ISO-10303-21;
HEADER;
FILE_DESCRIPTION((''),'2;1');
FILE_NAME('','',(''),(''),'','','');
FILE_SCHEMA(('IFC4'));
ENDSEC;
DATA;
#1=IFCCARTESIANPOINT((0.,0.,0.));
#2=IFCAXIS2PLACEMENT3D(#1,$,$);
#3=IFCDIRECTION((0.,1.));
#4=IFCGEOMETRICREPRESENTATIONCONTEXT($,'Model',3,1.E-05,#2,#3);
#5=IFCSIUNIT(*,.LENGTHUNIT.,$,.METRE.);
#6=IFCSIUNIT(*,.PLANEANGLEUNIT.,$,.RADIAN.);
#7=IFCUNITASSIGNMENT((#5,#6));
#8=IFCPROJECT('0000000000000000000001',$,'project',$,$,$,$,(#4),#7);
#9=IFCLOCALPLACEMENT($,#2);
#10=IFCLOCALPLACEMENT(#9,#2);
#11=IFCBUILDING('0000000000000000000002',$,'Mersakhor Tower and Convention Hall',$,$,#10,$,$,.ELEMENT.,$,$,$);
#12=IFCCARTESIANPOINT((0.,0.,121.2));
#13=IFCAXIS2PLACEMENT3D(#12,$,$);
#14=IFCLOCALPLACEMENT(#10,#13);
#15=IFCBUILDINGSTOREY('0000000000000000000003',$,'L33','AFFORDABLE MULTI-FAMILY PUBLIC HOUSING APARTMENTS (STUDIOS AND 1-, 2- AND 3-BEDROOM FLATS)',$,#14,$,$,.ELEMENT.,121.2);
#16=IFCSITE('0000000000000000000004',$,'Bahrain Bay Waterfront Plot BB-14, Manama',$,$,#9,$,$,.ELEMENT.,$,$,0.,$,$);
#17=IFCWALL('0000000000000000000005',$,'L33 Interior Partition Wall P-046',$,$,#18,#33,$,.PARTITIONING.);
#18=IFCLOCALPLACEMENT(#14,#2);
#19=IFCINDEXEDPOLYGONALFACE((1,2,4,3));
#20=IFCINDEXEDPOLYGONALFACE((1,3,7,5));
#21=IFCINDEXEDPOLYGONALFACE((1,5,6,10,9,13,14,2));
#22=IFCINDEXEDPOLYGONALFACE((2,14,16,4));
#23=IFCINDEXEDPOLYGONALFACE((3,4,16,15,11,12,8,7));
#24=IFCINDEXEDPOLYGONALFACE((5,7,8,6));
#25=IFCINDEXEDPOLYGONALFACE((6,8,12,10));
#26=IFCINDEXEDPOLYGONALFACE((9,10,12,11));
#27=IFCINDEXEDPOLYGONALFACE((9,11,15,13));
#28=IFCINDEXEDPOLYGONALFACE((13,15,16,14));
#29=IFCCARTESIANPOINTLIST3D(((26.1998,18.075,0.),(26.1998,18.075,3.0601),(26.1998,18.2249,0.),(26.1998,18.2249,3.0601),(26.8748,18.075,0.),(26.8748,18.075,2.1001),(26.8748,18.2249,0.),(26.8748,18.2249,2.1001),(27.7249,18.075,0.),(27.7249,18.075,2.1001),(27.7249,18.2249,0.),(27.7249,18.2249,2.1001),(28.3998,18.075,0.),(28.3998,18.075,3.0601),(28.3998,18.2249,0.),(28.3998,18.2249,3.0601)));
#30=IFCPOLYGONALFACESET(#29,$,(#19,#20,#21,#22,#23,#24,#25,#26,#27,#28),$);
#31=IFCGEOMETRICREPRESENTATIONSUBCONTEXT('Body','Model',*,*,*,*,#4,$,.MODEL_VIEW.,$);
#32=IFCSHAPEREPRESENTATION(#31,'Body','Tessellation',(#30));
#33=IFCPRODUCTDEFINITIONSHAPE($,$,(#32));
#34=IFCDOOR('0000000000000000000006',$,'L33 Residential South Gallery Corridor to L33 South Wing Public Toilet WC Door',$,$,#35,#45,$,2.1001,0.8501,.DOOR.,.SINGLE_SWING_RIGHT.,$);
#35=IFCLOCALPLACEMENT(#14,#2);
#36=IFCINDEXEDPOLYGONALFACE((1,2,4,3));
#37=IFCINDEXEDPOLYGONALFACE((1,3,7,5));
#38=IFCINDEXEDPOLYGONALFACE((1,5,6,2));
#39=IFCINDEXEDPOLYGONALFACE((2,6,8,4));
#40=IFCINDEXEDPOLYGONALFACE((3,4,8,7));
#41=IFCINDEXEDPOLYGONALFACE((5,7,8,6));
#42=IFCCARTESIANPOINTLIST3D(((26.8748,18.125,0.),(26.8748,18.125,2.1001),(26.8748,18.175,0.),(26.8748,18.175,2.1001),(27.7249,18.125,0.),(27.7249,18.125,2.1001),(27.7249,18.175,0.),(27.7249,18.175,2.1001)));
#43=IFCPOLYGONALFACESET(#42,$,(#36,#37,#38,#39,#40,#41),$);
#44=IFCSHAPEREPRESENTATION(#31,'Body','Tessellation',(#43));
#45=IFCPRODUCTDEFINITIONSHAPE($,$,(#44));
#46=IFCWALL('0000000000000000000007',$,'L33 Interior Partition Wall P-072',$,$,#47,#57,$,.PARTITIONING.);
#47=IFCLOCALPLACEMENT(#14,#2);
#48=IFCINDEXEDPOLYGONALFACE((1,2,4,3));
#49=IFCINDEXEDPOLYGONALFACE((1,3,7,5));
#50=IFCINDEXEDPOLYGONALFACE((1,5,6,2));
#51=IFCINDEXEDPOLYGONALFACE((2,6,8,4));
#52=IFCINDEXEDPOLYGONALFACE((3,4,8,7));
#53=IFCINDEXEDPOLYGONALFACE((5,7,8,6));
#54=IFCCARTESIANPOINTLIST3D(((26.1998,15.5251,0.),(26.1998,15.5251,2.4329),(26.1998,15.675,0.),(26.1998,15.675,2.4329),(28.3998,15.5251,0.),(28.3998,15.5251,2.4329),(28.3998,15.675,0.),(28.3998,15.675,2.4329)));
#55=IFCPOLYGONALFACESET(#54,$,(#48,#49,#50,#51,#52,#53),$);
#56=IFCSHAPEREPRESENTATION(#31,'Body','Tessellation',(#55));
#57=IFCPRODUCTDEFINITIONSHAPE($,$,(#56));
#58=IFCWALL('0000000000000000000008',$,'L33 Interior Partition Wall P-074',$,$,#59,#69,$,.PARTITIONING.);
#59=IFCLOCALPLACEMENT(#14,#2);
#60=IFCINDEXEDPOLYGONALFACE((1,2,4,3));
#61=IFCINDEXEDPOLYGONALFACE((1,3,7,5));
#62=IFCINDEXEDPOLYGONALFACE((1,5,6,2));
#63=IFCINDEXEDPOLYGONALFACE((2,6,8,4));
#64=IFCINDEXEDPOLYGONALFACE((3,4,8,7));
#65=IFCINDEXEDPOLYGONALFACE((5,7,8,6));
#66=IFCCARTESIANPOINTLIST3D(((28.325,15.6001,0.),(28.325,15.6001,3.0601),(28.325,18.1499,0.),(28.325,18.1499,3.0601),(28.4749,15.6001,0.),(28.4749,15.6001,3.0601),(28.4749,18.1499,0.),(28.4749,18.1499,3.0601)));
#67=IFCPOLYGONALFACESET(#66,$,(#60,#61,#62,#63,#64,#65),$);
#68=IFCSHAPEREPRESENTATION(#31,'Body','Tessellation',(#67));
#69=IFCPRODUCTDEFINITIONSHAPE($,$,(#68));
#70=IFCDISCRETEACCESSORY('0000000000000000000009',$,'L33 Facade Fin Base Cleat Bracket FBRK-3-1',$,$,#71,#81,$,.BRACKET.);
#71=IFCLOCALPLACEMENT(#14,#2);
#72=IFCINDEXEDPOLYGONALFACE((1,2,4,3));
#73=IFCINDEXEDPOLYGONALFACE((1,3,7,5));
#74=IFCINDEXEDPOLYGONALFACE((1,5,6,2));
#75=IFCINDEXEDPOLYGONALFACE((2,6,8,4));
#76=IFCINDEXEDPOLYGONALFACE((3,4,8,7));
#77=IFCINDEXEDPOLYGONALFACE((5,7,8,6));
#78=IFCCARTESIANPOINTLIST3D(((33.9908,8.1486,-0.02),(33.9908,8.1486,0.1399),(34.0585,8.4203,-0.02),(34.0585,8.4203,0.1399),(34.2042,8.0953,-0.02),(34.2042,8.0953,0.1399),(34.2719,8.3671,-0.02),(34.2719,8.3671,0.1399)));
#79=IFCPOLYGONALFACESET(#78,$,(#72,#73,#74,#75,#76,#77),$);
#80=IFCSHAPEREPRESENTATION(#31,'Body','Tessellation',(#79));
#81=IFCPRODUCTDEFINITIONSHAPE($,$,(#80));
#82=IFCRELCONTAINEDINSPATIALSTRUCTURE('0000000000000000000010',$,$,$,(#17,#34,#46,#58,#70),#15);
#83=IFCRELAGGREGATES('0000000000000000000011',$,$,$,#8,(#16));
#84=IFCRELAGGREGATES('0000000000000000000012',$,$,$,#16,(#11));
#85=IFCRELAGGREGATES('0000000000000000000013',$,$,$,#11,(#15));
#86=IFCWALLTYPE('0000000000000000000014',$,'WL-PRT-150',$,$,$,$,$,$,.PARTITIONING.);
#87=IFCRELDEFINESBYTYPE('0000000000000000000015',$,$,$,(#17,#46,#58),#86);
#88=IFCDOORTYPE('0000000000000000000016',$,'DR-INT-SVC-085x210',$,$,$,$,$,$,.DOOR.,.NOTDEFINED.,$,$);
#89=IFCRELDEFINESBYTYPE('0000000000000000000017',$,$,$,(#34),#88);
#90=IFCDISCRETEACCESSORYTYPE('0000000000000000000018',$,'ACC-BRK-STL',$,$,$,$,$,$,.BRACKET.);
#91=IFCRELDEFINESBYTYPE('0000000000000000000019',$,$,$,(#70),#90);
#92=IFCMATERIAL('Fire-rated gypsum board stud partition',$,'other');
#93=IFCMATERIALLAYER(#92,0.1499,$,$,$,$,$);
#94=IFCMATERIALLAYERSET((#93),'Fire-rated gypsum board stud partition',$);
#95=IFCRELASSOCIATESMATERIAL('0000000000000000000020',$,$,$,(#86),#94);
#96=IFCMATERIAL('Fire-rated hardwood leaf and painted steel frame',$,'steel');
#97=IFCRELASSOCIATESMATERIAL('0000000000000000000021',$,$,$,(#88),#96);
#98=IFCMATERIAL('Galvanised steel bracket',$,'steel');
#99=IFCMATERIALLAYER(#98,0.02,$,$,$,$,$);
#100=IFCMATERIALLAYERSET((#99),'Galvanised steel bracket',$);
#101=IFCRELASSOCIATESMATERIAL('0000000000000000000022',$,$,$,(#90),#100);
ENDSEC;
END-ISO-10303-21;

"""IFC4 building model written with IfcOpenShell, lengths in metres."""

from ifc_helpers import new_model, si_unit, direction, frame, frame_2d, origin, origin_2d, place, context, subcontext, project, spatial, rectangle, extrude, material, layer, layer_set, type_object, element, fill, save


model = new_model("IFC4")

# Units and contexts
model_context = context("Model", 3, precision=1e-05, world=origin(), true_north=direction((0.0, 1.0)))
body_context = subcontext(model_context, "Body", "Model", "MODEL_VIEW")
ifc_project = project(units=[si_unit("LENGTHUNIT", "METRE"), si_unit("PLANEANGLEUNIT", "RADIAN")], contexts=[model_context])

# Site, building, storey
site_placement = place(None, origin())
site = spatial("IfcSite", under=ifc_project, at=site_placement, Name="Bahrain Bay Waterfront Plot BB-14, Manama", CompositionType="ELEMENT", RefElevation=0.0)
building_placement = place(site_placement, origin())
building = spatial("IfcBuilding", under=site, at=building_placement, Name="Mersakhor Tower and Convention Hall", CompositionType="ELEMENT")
storey_placement = place(building_placement, frame((0.0, 0.0, 121.2)))
storey = spatial("IfcBuildingStorey", under=building, at=storey_placement, Name="L33", Description="AFFORDABLE MULTI-FAMILY PUBLIC HOUSING APARTMENTS (STUDIOS AND 1-, 2- AND 3-BEDROOM FLATS)", CompositionType="ELEMENT", Elevation=121.2)

# Shared definitions
ifc_material_1 = material(Name="Fire-rated gypsum board stud partition", Category="other")
ifc_layer_1 = layer(ifc_material_1, 0.1499)
ifc_layer_set_1 = layer_set([ifc_layer_1], Name="Fire-rated gypsum board stud partition")
wall_type_1 = type_object("IfcWallType", Name="WL-PRT-150", PredefinedType="PARTITIONING", material=ifc_layer_set_1)

# Wall, opening, door
wall_1_placement = place(storey_placement, frame((28.3999, 18.1499, 0.0), z_axis=(0.0, 0.0, 1.0), x_axis=(-1.0, 0.0, 0.0)))
wall_1 = element("IfcWall", 1, at=wall_1_placement, inside=storey, type_object=wall_type_1, Name="L33 Interior Partition Wall P-046", PredefinedType="PARTITIONING", context=body_context, shape_type="SweptSolid", body=[
    extrude(rectangle(XDim=2.2, YDim=0.1499, at=frame_2d((1.1001, 0.0))), origin(), (0.0, 0.0, 1.0), 3.0601),
])
opening_1_placement = place(wall_1_placement, frame((0.675, 0.0, 0.0)))
opening_1 = element("IfcOpeningElement", 2, at=opening_1_placement, cuts=wall_1, PredefinedType="OPENING", context=body_context, shape_type="SweptSolid", body=[
    extrude(rectangle(XDim=0.8501, YDim=2.1001, at=frame_2d((0.425, 1.05))), frame((0.0, 0.085, 0.0), z_axis=(0.0, -1.0, 0.0), x_axis=(1.0, 0.0, 0.0)), (0.0, 0.0, 1.0), 0.1699),
])
ifc_material_2 = material(Name="Fire-rated hardwood leaf and painted steel frame", Category="steel")
door_type_1 = type_object("IfcDoorType", Name="DR-INT-SVC-085x210", OperationType="NOTDEFINED", PredefinedType="DOOR", material=ifc_material_2)
door_1_placement = place(opening_1_placement, origin())
door_1 = element("IfcDoor", 3, at=door_1_placement, inside=storey, type_object=door_type_1, Name="L33 Residential South Gallery Corridor to L33 South Wing Public Toilet WC Door", OperationType="SINGLE_SWING_RIGHT", OverallHeight=2.1001, OverallWidth=0.8501, PredefinedType="DOOR", context=body_context, shape_type="SweptSolid", body=[
    extrude(rectangle(XDim=0.8501, YDim=2.1001, at=frame_2d((0.425, 1.05))), frame((0.0, 0.0249, 0.0), z_axis=(0.0, -1.0, 0.0), x_axis=(1.0, 0.0, 0.0)), (0.0, 0.0, 1.0), 0.05),
])
fill(opening_1, door_1)

# Walls
wall_2_placement = place(storey_placement, frame((28.3999, 15.6001, 0.0), z_axis=(0.0, 0.0, 1.0), x_axis=(-1.0, 0.0, 0.0)))
element("IfcWall", 4, at=wall_2_placement, inside=storey, type_object=wall_type_1, Name="L33 Interior Partition Wall P-072", PredefinedType="PARTITIONING", context=body_context, shape_type="SweptSolid", body=[
    extrude(rectangle(XDim=2.2, YDim=0.1499, at=frame_2d((1.1001, 0.0))), origin(), (0.0, 0.0, 1.0), 2.4329),
])
wall_3_placement = place(storey_placement, frame((28.3999, 18.1499, 0.0), z_axis=(0.0, 0.0, 1.0), x_axis=(0.0, -1.0, 0.0)))
element("IfcWall", 5, at=wall_3_placement, inside=storey, type_object=wall_type_1, Name="L33 Interior Partition Wall P-074", PredefinedType="PARTITIONING", context=body_context, shape_type="SweptSolid", body=[
    extrude(rectangle(XDim=2.5498, YDim=0.1499, at=frame_2d((1.2749, 0.0))), origin(), (0.0, 0.0, 1.0), 3.0601),
])

# Discrete accessory
ifc_material_3 = material(Name="Galvanised steel bracket", Category="steel")
ifc_layer_2 = layer(ifc_material_3, 0.02)
ifc_layer_set_2 = layer_set([ifc_layer_2], Name="Galvanised steel bracket")
discrete_accessory_type = type_object("IfcDiscreteAccessoryType", Name="ACC-BRK-STL", PredefinedType="BRACKET", material=ifc_layer_set_2)
discrete_accessory_placement = place(storey_placement, frame((34.1313, 8.2578, -0.02), z_axis=(0.0, 0.0, 1.0), x_axis=(-0.241922, -0.970296, 0.0)))
element("IfcDiscreteAccessory", 6, at=discrete_accessory_placement, inside=storey, type_object=discrete_accessory_type, Name="L33 Facade Fin Base Cleat Bracket FBRK-3-1", PredefinedType="BRACKET", context=body_context, shape_type="SweptSolid", body=[
    extrude(rectangle(XDim=0.28, YDim=0.22, at=origin_2d()), origin(), (0.0, 0.0, 1.0), 0.1599),
])

save(model, "model.ifc")
